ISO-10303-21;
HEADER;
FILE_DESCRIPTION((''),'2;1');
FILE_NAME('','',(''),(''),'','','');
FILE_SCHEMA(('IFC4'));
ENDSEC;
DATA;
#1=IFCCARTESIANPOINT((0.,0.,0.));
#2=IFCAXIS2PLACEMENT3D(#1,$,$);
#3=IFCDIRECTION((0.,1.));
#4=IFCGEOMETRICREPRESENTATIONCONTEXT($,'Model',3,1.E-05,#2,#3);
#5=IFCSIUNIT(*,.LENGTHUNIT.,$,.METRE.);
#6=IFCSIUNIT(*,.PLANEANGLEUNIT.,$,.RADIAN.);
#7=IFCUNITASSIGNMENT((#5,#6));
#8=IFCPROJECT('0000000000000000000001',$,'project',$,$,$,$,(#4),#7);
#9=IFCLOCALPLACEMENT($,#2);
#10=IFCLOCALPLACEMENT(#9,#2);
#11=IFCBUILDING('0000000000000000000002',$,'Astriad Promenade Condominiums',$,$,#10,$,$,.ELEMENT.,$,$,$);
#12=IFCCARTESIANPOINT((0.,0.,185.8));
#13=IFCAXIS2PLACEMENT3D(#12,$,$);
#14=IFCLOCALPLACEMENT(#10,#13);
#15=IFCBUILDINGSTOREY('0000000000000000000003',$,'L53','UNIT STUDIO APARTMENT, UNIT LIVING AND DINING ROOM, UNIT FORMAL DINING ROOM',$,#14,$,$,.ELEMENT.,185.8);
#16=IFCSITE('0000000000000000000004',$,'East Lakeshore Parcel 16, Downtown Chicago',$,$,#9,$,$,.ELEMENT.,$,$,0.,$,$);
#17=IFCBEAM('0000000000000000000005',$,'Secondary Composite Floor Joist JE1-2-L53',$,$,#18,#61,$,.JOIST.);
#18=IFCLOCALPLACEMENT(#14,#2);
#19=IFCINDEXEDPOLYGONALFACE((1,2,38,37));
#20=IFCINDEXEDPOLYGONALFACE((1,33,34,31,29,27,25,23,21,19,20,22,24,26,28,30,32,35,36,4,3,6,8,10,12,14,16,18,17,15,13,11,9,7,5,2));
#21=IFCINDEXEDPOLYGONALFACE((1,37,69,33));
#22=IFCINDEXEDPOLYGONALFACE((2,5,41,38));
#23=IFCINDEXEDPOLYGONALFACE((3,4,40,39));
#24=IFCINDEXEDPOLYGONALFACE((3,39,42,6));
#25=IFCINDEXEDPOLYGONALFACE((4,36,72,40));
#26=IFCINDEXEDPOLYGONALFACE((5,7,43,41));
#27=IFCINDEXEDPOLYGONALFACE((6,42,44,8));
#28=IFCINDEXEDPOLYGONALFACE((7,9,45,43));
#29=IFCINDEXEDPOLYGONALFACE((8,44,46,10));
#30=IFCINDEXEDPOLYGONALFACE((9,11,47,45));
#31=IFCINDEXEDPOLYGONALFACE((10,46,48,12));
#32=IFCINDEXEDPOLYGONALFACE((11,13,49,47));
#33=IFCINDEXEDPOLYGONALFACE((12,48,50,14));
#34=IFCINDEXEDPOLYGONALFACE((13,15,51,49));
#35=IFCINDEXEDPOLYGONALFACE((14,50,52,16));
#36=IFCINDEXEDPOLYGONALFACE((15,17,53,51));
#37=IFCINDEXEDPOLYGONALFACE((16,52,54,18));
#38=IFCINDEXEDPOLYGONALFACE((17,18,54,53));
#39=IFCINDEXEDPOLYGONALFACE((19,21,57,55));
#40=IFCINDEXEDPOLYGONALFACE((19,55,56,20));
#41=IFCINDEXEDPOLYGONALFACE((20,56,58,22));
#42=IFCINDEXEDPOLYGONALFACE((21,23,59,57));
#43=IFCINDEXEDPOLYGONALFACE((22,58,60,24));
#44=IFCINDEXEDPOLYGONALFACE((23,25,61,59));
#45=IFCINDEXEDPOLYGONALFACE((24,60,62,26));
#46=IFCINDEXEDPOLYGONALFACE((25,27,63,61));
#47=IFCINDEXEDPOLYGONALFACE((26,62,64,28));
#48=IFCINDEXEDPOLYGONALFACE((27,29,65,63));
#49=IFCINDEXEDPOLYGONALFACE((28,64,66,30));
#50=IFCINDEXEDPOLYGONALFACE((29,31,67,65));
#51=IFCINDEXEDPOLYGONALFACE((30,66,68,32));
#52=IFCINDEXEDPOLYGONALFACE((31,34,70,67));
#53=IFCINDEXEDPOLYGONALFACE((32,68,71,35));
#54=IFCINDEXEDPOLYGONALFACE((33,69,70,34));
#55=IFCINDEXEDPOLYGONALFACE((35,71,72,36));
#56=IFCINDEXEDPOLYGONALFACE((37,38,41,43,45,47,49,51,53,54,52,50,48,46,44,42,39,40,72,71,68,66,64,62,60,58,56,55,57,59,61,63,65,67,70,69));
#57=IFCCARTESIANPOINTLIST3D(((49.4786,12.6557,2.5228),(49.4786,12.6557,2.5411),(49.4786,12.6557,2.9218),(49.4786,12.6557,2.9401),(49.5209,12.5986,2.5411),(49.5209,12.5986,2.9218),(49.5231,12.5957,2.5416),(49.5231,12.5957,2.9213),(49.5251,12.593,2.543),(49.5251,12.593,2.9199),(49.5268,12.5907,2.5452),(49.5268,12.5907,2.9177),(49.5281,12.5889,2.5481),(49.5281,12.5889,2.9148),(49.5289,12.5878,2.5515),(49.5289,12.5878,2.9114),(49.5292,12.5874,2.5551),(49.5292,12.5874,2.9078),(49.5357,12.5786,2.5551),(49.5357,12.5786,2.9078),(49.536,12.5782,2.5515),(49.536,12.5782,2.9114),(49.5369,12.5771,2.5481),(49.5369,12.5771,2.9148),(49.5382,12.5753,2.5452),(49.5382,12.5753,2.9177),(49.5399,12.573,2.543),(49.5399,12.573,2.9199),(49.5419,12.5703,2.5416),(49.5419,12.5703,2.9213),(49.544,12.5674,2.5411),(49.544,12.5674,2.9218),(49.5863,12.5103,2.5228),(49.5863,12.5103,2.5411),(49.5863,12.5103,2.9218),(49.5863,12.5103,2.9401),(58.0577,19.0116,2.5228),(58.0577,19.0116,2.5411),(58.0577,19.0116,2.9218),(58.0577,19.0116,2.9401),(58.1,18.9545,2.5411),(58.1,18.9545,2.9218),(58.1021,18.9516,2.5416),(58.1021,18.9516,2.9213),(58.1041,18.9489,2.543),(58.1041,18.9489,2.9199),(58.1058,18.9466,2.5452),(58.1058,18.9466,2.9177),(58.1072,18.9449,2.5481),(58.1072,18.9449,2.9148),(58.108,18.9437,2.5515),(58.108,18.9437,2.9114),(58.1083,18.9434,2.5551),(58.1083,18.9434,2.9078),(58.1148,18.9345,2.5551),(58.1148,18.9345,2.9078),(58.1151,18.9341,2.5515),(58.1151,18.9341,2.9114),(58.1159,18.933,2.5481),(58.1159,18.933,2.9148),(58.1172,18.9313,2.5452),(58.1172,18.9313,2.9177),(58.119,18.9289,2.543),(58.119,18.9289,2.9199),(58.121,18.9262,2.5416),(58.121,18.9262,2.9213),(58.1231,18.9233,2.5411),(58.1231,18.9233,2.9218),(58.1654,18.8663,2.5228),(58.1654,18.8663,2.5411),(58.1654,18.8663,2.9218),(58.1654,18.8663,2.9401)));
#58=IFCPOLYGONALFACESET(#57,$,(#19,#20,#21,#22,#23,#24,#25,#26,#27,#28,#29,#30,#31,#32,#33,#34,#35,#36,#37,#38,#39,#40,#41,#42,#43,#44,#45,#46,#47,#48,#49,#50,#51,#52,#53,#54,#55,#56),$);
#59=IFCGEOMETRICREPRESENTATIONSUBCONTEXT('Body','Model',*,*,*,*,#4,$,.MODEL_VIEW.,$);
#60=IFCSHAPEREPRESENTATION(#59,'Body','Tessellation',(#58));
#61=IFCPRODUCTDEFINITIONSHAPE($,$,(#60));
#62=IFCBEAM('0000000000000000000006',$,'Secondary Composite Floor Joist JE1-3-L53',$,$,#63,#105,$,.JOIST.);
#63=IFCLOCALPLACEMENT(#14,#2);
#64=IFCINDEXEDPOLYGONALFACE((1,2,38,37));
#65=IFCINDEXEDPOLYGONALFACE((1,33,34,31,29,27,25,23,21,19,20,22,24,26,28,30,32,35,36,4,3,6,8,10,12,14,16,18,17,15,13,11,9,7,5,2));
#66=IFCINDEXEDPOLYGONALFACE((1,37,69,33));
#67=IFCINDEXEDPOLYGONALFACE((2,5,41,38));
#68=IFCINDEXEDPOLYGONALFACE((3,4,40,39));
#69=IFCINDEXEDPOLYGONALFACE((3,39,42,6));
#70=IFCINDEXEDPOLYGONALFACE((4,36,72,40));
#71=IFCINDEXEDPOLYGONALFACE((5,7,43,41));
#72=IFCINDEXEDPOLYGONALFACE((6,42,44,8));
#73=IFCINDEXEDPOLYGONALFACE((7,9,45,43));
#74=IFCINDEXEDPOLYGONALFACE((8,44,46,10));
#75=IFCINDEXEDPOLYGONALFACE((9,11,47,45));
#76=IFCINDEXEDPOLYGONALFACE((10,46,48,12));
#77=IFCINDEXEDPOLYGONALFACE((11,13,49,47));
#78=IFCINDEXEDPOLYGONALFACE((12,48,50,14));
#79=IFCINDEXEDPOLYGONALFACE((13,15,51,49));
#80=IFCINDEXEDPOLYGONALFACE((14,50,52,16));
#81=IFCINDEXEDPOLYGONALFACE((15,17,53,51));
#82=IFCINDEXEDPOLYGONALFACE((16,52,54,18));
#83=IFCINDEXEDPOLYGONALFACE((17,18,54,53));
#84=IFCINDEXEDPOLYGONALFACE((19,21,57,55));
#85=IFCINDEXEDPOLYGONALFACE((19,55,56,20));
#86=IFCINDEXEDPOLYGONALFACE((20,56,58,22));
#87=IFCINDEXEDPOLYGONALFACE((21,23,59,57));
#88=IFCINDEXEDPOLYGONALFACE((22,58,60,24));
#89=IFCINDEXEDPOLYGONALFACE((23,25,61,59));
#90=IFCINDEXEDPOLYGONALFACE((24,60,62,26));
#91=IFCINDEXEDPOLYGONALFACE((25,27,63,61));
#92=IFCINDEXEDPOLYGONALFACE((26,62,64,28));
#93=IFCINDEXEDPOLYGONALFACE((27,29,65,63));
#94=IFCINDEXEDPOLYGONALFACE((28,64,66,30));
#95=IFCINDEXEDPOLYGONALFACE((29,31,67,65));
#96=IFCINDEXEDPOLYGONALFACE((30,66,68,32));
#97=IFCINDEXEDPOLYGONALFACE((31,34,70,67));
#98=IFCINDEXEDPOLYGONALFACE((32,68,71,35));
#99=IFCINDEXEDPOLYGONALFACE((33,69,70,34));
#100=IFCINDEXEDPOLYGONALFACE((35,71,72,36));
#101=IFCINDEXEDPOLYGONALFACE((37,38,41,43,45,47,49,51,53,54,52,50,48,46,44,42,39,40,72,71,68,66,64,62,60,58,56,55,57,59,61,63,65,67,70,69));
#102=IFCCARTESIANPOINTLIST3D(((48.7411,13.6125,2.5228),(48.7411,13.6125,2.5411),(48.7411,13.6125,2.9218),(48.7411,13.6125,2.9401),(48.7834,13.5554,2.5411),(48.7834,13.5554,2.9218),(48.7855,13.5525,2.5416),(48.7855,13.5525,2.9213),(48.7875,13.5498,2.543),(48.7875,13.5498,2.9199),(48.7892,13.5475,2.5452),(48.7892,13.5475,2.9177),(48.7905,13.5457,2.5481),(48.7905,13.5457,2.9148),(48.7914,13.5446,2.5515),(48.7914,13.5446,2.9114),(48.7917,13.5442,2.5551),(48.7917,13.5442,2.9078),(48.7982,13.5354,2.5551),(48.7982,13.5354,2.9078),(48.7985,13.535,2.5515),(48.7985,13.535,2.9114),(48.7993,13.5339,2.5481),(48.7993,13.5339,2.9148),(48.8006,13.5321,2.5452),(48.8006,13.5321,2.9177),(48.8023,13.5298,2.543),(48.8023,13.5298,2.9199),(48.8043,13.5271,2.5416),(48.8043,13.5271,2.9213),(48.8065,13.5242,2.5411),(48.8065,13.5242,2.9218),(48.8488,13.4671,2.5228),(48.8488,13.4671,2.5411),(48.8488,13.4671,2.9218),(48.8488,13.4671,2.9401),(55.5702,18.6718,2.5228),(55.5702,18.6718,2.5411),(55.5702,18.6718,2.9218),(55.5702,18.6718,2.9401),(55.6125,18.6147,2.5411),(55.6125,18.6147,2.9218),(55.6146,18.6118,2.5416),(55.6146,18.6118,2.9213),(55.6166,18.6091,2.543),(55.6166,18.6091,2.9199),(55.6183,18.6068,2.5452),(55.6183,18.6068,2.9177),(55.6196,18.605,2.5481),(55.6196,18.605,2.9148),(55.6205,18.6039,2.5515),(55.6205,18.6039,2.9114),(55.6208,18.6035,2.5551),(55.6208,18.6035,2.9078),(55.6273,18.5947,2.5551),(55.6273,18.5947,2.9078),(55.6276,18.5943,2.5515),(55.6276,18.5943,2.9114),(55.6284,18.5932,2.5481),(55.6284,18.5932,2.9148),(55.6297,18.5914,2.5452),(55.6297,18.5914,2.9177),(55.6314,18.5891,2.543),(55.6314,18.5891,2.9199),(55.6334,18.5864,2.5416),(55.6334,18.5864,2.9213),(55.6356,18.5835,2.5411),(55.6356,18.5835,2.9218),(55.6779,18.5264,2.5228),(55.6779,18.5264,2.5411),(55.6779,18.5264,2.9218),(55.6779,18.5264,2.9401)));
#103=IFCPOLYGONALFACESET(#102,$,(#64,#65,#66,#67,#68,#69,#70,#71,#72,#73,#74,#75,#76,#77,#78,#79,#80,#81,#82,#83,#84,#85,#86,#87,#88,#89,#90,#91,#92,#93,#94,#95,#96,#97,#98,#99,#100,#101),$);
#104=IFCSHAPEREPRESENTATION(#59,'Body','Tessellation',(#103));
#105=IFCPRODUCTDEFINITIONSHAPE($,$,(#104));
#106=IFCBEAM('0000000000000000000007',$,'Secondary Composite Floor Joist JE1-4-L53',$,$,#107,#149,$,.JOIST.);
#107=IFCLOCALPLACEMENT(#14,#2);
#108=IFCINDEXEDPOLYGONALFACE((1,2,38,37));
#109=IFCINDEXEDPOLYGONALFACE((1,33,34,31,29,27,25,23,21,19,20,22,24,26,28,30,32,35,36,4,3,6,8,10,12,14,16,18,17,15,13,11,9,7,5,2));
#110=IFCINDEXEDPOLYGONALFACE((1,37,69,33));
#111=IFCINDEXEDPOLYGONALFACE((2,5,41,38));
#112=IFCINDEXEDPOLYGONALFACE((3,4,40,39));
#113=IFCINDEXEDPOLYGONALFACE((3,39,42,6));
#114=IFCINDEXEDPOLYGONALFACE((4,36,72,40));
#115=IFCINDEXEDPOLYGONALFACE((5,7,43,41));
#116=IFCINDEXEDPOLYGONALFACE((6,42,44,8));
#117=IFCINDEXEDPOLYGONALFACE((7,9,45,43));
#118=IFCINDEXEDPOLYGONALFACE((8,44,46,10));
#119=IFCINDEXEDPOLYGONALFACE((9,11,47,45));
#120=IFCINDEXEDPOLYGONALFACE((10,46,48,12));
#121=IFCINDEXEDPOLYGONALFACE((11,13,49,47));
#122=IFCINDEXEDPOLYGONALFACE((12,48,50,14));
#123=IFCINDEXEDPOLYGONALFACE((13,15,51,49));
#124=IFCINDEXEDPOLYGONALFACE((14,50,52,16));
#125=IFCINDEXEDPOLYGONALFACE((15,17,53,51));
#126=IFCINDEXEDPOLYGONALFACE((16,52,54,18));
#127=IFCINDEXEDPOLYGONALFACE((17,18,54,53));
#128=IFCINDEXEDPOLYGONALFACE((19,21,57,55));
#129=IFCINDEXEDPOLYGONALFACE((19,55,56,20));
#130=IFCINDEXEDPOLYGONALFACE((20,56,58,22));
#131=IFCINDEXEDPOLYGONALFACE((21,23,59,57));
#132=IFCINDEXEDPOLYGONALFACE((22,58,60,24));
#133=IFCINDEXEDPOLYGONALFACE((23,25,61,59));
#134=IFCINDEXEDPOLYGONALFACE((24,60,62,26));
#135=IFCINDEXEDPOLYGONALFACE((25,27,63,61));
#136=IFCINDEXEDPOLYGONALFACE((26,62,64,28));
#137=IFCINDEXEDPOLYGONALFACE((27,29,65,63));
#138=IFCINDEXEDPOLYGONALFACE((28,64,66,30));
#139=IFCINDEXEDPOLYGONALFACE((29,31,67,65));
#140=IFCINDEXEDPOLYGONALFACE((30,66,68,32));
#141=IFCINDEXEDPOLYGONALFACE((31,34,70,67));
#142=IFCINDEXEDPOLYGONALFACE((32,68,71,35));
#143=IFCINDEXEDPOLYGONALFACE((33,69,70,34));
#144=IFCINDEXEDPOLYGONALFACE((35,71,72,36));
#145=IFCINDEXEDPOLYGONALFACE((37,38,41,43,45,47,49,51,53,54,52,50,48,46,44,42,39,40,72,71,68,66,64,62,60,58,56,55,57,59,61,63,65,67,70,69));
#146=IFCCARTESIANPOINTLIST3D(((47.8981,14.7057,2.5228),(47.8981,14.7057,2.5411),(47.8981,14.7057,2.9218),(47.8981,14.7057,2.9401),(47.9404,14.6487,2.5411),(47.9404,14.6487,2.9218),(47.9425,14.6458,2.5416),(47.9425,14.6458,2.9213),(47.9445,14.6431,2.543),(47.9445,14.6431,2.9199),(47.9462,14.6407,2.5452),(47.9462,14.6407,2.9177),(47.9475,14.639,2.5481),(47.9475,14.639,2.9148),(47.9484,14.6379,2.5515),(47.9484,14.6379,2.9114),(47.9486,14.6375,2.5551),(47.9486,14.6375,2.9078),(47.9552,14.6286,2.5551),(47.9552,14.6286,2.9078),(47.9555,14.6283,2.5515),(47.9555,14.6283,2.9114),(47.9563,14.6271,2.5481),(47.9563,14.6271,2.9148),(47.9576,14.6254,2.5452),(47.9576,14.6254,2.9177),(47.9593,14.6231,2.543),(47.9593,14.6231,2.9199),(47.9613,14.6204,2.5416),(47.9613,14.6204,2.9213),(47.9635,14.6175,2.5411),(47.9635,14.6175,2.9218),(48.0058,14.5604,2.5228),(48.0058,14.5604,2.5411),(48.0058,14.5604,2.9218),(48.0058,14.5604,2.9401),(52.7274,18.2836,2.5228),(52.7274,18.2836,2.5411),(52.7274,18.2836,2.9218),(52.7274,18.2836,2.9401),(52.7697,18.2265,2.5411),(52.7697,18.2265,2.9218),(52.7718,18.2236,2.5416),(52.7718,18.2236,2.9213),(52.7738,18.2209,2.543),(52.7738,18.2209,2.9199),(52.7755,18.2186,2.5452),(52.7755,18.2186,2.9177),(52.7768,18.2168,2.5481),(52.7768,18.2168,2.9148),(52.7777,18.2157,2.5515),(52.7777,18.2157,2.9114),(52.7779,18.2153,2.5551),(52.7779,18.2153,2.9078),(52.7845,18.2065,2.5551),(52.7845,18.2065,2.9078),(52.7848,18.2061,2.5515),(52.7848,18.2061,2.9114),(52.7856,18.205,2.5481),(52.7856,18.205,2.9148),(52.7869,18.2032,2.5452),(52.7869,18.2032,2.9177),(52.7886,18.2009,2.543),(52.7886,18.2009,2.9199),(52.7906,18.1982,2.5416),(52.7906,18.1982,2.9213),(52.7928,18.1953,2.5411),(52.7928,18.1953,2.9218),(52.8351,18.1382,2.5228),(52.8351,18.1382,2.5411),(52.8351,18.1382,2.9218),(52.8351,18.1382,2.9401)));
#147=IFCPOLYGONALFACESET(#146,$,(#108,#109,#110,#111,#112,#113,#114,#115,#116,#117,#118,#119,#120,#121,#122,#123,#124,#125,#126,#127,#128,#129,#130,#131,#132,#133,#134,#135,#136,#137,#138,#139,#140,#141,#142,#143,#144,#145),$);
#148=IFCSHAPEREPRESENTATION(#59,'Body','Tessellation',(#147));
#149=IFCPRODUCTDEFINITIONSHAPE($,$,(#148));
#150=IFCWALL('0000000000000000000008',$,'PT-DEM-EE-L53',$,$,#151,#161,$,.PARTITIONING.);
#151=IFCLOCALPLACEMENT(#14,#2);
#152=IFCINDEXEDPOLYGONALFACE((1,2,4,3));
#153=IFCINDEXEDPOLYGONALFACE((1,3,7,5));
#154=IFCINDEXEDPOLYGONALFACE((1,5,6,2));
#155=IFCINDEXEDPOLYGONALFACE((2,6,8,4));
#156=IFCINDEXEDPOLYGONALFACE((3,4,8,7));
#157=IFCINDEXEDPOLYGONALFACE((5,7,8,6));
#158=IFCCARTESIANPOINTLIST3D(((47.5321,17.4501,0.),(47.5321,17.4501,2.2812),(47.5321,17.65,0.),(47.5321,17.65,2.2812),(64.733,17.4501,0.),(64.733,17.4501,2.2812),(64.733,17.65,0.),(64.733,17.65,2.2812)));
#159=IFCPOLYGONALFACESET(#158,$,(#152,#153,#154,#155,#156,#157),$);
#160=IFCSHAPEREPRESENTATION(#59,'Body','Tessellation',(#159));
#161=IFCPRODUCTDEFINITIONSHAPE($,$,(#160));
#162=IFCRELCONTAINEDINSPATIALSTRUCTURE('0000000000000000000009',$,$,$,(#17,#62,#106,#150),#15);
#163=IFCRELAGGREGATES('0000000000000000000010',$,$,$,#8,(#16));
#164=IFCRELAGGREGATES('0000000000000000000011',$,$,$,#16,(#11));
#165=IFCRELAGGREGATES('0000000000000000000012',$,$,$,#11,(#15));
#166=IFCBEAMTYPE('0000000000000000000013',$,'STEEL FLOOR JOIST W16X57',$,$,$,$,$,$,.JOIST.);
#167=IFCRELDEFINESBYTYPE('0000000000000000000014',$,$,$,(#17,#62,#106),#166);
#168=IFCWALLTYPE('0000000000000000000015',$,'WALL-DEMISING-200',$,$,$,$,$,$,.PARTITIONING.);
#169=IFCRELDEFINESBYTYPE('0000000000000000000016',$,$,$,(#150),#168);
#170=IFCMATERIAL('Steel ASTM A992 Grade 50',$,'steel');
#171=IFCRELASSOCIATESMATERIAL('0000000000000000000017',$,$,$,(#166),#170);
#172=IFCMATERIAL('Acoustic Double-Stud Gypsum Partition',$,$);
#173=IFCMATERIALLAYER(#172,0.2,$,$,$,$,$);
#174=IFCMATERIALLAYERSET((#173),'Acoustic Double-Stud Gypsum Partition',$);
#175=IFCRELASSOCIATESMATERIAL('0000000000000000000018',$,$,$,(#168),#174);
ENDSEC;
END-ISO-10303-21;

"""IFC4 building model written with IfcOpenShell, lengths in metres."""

from ifc_helpers import new_model, si_unit, direction, frame, frame_2d, origin, origin_2d, place, context, subcontext, project, spatial, rectangle, i_section, extrude, source, transform, mapped, material, layer, layer_set, material_profile, profile_set, type_object, element, save


model = new_model("IFC4")

# Units and contexts
model_context = context("Model", 3, precision=1e-05, world=origin(), true_north=direction((0.0, 1.0)))
body_context = subcontext(model_context, "Body", "Model", "MODEL_VIEW")
ifc_project = project(units=[si_unit("LENGTHUNIT", "METRE"), si_unit("PLANEANGLEUNIT", "RADIAN")], contexts=[model_context])

# Site, building, storey
site_placement = place(None, origin())
site = spatial("IfcSite", under=ifc_project, at=site_placement, Name="East Lakeshore Parcel 16, Downtown Chicago", CompositionType="ELEMENT", RefElevation=0.0)
building_placement = place(site_placement, origin())
building = spatial("IfcBuilding", under=site, at=building_placement, Name="Astriad Promenade Condominiums", CompositionType="ELEMENT")
storey_placement = place(building_placement, frame((0.0, 0.0, 185.8)))
storey = spatial("IfcBuildingStorey", under=building, at=storey_placement, Name="L53", Description="UNIT STUDIO APARTMENT, UNIT LIVING AND DINING ROOM, UNIT FORMAL DINING ROOM", CompositionType="ELEMENT", Elevation=185.8)

# Beams
ifc_material_1 = material(Name="Steel ASTM A992 Grade 50", Category="steel")
ifc_material_profile_1 = material_profile(ifc_material_1, i_section(OverallWidth=0.1809, OverallDepth=0.4172, WebThickness=0.011, FlangeThickness=0.0183, FilletRadius=0.0139, at=origin_2d()), Name="W16X57")
ifc_profile_set_1 = profile_set([ifc_material_profile_1], Name="Steel ASTM A992 Grade 50")
beam_type_1 = type_object("IfcBeamType", Name="STEEL FLOOR JOIST W16X57", PredefinedType="JOIST", material=ifc_profile_set_1)
shared_shape_1 = source(origin(), body_context, "Body", "SweptSolid", [
    extrude(i_section(OverallWidth=0.1809, OverallDepth=0.4172, WebThickness=0.011, FlangeThickness=0.0183, FilletRadius=0.0139, at=origin_2d()), origin(), (0.0, 0.0, 1.0), 10.677),
])
beam_1_placement = place(storey_placement, frame((49.5325, 12.583, 2.7314), z_axis=(0.803509, 0.595292, 0.0), x_axis=(-0.595292, 0.803509, 0.0)))
element("IfcBeam", 1, at=beam_1_placement, inside=storey, type_object=beam_type_1, Name="Secondary Composite Floor Joist JE1-2-L53", PredefinedType="JOIST", context=body_context, shape_type="MappedRepresentation", body=[
    mapped(shared_shape_1, transform((0.0, 0.0, 0.0), scale=1.0)),
])
shared_shape_2 = source(origin(), body_context, "Body", "SweptSolid", [
    extrude(i_section(OverallWidth=0.1809, OverallDepth=0.4172, WebThickness=0.011, FlangeThickness=0.0183, FilletRadius=0.0139, at=origin_2d()), origin(), (0.0, 0.0, 1.0), 8.499),
])
beam_2_placement = place(storey_placement, frame((48.7949, 13.5398, 2.7314), z_axis=(0.803516, 0.595283, 0.0), x_axis=(-0.595283, 0.803516, 0.0)))
element("IfcBeam", 2, at=beam_2_placement, inside=storey, type_object=beam_type_1, Name="Secondary Composite Floor Joist JE1-3-L53", PredefinedType="JOIST", context=body_context, shape_type="MappedRepresentation", body=[
    mapped(shared_shape_2, transform((0.0, 0.0, 0.0), scale=1.0)),
])
shared_shape_3 = source(origin(), body_context, "Body", "SweptSolid", [
    extrude(i_section(OverallWidth=0.1809, OverallDepth=0.4172, WebThickness=0.011, FlangeThickness=0.0183, FilletRadius=0.0139, at=origin_2d()), origin(), (0.0, 0.0, 1.0), 6.0103),
])
beam_3_placement = place(storey_placement, frame((47.9519, 14.6331, 2.7314), z_axis=(0.80351, 0.595291, 0.0), x_axis=(-0.595291, 0.80351, 0.0)))
element("IfcBeam", 3, at=beam_3_placement, inside=storey, type_object=beam_type_1, Name="Secondary Composite Floor Joist JE1-4-L53", PredefinedType="JOIST", context=body_context, shape_type="MappedRepresentation", body=[
    mapped(shared_shape_3, transform((0.0, 0.0, 0.0), scale=1.0)),
])

# Wall
ifc_material_2 = material(Name="Acoustic Double-Stud Gypsum Partition")
ifc_layer_1 = layer(ifc_material_2, 0.2)
ifc_layer_set_1 = layer_set([ifc_layer_1], Name="Acoustic Double-Stud Gypsum Partition")
wall_type_1 = type_object("IfcWallType", Name="WALL-DEMISING-200", PredefinedType="PARTITIONING", material=ifc_layer_set_1)
wall_1_placement = place(storey_placement, frame((47.532, 17.55, 0.0), z_axis=(0.0, 0.0, 1.0), x_axis=(1.0, 0.0, 0.0)))
element("IfcWall", 4, at=wall_1_placement, inside=storey, type_object=wall_type_1, Name="PT-DEM-EE-L53", PredefinedType="PARTITIONING", context=body_context, shape_type="SweptSolid", body=[
    extrude(rectangle(XDim=17.2009, YDim=0.2, at=frame_2d((8.6006, 0.0))), origin(), (0.0, 0.0, 1.0), 2.2812),
])

save(model, "model.ifc")
